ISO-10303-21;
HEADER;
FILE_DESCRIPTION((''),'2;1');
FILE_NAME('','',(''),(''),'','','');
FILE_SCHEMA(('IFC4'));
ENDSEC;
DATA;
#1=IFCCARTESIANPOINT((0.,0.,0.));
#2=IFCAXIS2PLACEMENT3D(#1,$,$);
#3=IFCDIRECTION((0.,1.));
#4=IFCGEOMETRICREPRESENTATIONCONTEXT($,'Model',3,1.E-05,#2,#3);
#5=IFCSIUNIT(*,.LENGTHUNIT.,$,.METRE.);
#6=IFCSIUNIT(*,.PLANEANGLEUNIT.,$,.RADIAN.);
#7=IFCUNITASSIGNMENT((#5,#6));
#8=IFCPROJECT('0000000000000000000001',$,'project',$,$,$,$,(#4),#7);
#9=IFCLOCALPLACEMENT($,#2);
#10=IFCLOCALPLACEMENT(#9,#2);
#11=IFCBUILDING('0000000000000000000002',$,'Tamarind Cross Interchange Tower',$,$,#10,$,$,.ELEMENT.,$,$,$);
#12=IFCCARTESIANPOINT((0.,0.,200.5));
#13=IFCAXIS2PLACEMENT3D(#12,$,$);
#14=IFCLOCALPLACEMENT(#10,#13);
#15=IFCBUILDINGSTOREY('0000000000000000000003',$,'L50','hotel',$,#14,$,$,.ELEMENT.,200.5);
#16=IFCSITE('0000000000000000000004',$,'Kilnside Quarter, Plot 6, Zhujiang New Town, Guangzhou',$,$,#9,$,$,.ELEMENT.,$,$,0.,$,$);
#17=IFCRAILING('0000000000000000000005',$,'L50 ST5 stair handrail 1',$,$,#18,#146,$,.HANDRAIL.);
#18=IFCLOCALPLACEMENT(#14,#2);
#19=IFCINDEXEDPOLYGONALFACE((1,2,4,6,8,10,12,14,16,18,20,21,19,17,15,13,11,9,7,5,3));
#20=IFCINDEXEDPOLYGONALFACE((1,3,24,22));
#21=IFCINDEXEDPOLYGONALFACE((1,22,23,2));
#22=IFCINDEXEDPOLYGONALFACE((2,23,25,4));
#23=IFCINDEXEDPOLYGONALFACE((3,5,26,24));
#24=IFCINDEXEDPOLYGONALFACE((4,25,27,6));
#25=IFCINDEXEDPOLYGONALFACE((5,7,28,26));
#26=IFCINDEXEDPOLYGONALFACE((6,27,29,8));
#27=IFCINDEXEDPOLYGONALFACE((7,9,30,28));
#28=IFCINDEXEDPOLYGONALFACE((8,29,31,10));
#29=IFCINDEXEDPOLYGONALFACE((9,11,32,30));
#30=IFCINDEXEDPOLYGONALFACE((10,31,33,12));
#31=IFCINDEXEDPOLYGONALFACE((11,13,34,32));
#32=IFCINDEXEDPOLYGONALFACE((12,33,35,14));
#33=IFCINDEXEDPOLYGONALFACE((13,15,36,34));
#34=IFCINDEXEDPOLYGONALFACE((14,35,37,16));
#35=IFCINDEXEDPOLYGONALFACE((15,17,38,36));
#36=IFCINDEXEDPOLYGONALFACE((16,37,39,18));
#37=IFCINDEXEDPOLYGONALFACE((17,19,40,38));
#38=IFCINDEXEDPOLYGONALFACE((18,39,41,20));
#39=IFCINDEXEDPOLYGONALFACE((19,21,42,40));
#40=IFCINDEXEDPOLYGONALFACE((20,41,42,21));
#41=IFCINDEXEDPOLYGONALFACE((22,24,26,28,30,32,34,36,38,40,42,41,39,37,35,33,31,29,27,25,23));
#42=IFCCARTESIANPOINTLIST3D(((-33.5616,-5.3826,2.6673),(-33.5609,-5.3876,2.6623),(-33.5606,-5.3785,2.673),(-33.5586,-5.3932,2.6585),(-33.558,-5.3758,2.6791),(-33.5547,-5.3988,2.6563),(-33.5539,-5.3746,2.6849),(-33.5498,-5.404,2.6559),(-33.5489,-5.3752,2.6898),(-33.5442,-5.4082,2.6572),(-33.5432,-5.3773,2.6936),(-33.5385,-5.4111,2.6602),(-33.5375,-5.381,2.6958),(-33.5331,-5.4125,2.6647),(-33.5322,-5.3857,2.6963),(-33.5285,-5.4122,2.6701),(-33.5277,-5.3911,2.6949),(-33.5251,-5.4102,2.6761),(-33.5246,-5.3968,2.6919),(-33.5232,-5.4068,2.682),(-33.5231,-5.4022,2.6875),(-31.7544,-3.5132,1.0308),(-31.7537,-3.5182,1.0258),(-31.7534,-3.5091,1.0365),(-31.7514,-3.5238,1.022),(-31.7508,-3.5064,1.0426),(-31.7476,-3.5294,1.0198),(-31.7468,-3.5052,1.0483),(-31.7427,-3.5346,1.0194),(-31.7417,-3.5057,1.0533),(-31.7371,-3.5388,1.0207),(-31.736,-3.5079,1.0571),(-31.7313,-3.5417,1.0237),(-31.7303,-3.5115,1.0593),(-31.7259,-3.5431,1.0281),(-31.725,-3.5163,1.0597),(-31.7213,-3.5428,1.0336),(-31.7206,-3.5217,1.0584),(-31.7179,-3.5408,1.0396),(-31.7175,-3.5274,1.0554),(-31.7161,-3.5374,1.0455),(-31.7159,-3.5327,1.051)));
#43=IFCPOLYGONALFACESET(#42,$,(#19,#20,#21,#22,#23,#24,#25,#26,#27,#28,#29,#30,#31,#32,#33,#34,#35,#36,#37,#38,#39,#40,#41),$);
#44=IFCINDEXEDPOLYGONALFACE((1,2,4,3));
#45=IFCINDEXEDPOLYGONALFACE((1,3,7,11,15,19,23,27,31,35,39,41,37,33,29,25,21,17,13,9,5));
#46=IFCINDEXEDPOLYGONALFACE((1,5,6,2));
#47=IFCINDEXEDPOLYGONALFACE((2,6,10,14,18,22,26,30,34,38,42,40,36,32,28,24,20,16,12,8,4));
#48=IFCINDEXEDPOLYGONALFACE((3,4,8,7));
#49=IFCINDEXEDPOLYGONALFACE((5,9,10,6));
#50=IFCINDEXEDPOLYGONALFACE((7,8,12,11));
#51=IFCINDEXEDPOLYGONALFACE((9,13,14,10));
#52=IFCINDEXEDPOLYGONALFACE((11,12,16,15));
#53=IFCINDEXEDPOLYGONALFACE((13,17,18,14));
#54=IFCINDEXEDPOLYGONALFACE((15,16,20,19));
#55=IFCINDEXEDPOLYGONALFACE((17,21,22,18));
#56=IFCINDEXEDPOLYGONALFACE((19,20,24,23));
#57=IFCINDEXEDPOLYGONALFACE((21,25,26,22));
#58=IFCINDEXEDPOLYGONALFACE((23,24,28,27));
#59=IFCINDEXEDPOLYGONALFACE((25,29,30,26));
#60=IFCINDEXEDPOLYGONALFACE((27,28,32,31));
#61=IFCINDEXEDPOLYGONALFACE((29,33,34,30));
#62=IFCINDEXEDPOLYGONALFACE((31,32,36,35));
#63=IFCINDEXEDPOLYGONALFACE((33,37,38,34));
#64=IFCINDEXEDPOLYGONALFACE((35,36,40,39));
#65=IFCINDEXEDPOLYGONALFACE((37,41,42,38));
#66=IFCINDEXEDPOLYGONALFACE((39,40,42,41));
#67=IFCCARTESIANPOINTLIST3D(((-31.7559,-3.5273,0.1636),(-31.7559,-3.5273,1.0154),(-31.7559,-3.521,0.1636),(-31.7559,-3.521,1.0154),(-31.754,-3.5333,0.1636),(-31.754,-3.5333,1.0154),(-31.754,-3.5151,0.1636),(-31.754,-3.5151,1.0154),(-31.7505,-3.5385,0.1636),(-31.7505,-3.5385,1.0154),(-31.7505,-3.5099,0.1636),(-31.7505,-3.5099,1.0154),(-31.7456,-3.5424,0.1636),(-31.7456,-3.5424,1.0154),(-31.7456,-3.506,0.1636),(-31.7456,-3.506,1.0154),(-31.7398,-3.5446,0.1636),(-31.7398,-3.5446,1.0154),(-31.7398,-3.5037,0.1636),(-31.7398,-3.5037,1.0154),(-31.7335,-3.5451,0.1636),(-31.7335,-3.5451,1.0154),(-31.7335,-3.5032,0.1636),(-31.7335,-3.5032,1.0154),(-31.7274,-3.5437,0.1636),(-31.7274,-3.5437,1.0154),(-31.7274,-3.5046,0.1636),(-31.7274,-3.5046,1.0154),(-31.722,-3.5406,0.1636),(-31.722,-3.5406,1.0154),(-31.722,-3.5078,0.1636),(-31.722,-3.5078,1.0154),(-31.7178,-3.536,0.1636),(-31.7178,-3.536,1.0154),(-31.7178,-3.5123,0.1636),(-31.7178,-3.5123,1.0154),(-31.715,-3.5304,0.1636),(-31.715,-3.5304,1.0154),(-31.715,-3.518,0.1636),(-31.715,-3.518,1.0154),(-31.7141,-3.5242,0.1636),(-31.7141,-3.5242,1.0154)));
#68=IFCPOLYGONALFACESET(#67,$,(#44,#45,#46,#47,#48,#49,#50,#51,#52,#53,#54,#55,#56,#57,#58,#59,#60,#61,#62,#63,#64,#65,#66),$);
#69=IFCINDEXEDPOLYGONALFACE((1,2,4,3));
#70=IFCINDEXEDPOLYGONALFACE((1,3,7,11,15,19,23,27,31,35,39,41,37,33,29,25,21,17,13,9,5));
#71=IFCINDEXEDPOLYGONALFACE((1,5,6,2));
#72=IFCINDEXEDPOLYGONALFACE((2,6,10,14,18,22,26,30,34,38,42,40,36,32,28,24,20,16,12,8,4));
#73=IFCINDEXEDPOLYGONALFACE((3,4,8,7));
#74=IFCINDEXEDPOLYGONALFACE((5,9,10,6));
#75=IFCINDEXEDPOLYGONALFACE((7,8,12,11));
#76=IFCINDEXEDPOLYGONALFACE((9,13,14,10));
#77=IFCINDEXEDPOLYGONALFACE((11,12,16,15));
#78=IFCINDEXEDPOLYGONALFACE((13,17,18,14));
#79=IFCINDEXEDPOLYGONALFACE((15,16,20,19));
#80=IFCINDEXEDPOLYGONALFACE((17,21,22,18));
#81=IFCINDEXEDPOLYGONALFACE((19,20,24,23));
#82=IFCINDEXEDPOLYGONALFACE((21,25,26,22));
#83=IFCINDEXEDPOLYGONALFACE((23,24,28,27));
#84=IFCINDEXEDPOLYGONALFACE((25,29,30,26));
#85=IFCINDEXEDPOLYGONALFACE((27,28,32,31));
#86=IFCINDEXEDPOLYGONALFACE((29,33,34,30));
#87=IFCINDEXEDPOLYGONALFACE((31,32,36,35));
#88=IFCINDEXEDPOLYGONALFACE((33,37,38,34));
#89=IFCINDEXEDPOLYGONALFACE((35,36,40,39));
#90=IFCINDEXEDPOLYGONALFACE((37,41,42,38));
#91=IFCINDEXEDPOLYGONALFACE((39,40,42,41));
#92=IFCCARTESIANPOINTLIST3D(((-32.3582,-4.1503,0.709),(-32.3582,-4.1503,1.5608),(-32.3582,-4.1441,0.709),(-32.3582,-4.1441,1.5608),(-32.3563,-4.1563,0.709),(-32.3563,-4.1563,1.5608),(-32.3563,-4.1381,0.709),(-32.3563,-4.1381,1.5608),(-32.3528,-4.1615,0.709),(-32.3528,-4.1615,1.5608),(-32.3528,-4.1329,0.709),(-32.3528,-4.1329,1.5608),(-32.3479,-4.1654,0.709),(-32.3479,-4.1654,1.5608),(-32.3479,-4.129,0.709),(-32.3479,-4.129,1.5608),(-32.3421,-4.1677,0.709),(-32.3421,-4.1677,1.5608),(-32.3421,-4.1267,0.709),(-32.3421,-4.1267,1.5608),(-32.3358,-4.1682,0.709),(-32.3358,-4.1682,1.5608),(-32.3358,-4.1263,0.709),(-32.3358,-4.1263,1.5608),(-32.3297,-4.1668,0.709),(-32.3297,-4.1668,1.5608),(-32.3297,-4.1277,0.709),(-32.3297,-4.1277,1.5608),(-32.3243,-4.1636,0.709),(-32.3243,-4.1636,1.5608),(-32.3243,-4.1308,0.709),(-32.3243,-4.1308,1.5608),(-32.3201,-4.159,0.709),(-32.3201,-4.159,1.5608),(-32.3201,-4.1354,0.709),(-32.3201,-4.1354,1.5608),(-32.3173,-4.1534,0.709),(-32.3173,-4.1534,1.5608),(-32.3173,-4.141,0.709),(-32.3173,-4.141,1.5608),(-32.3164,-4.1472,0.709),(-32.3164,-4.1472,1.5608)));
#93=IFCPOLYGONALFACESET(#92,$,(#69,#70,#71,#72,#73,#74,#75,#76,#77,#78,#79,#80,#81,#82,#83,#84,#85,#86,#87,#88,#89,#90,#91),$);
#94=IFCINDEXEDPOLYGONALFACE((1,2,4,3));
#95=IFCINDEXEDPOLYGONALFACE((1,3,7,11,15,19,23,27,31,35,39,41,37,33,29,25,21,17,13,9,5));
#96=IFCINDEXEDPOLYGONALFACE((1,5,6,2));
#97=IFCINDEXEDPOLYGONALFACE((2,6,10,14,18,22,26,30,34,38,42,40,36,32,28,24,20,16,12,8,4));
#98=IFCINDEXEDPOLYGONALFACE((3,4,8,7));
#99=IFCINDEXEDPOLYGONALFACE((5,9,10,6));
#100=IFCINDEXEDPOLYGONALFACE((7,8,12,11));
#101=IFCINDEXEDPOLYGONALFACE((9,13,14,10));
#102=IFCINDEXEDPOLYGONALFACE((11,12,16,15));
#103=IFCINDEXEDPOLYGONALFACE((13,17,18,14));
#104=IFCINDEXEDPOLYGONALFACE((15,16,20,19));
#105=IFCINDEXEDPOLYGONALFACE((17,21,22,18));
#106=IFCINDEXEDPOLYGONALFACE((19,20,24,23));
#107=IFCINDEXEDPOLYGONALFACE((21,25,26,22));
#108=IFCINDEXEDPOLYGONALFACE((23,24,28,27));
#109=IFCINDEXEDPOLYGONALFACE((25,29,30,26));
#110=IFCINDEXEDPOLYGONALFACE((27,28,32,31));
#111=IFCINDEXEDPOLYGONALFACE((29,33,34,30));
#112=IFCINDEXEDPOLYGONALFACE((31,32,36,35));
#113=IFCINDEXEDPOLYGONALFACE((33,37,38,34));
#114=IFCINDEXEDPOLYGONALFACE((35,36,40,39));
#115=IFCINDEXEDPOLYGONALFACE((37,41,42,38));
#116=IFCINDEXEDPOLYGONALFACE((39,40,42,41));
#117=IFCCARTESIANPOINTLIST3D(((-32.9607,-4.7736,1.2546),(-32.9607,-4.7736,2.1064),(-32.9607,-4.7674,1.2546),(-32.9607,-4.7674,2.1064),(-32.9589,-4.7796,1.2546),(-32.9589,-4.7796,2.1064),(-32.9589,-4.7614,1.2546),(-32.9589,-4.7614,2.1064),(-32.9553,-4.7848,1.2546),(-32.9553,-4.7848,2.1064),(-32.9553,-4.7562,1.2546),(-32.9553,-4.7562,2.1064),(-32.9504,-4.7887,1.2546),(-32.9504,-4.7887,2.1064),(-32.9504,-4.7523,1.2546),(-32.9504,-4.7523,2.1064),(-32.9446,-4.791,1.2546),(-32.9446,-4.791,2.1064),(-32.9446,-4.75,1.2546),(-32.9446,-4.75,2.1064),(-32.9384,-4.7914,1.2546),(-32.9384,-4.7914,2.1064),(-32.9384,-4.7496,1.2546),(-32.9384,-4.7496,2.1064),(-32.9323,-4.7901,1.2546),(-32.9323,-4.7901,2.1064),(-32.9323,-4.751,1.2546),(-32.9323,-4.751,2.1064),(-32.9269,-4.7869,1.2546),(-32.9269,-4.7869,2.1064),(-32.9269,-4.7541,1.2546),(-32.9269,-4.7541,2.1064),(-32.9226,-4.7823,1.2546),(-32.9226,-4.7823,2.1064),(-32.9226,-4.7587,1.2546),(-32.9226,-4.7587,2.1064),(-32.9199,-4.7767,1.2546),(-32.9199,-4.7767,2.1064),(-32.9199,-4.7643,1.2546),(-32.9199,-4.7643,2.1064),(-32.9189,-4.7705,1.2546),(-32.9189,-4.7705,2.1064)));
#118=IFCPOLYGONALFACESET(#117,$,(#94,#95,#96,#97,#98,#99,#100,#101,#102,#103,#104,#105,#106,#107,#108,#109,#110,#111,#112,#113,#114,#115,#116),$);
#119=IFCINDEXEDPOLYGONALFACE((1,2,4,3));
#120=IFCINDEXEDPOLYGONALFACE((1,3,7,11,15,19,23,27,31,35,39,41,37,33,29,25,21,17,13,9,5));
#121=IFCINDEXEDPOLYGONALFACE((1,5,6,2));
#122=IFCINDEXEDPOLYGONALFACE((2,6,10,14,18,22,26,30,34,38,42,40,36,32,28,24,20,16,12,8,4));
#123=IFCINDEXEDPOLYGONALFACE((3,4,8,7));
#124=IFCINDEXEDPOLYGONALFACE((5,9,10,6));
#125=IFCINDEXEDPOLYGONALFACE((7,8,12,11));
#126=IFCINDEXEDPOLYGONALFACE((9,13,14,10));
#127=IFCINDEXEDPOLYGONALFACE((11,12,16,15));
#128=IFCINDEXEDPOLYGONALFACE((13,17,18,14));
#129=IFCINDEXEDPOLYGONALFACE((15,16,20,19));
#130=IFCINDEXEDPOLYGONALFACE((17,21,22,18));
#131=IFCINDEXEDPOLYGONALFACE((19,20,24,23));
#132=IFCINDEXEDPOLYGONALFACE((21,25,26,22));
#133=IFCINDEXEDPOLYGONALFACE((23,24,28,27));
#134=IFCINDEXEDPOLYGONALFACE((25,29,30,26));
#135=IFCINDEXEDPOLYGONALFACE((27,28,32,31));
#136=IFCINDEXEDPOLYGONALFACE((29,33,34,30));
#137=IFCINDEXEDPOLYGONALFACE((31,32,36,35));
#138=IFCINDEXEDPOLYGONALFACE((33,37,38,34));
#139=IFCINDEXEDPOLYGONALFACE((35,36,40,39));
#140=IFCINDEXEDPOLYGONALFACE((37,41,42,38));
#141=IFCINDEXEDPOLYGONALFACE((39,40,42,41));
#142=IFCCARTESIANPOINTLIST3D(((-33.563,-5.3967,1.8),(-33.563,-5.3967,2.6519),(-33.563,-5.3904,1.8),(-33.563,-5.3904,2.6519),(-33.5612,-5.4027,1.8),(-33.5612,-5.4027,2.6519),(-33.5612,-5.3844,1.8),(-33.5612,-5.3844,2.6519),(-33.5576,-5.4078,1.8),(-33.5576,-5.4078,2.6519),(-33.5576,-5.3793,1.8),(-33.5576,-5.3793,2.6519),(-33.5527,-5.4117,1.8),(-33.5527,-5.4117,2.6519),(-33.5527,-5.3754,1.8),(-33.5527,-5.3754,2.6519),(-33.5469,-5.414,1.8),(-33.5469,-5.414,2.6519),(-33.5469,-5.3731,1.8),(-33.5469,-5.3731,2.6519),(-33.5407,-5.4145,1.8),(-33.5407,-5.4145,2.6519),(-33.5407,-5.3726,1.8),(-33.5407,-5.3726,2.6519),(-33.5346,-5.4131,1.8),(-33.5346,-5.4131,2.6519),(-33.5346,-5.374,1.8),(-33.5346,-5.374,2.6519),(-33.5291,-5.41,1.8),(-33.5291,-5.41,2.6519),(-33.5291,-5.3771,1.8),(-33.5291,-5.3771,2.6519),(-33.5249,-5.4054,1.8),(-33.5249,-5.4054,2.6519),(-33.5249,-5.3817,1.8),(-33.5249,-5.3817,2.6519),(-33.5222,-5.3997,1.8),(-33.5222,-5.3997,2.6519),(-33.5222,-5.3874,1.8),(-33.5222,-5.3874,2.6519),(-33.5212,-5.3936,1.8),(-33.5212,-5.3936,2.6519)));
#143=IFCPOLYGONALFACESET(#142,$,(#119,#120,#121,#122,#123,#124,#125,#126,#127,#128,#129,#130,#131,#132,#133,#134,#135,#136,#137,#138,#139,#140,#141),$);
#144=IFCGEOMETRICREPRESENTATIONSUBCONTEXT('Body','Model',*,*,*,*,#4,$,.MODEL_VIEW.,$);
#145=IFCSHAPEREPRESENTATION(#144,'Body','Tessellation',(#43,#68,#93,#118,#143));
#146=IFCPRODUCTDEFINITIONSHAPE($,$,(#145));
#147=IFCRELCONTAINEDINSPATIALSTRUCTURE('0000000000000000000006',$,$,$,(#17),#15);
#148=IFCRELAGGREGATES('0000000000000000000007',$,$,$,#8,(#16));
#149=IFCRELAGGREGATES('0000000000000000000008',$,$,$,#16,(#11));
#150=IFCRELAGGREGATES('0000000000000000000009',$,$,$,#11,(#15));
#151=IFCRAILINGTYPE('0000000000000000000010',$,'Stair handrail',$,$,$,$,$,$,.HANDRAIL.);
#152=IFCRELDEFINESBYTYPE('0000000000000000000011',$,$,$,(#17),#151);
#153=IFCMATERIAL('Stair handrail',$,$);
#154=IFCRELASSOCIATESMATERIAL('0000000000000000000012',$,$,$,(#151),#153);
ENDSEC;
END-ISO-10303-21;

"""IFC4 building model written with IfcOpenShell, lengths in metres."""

from ifc_helpers import new_model, si_unit, direction, frame, origin, origin_2d, place, context, subcontext, project, spatial, circle, extrude, material, type_object, element, save


model = new_model("IFC4")

# Units and contexts
model_context = context("Model", 3, precision=1e-05, world=origin(), true_north=direction((0.0, 1.0)))
body_context = subcontext(model_context, "Body", "Model", "MODEL_VIEW")
ifc_project = project(units=[si_unit("LENGTHUNIT", "METRE"), si_unit("PLANEANGLEUNIT", "RADIAN")], contexts=[model_context])

# Site, building, storey
site_placement = place(None, origin())
site = spatial("IfcSite", under=ifc_project, at=site_placement, Name="Kilnside Quarter, Plot 6, Zhujiang New Town, Guangzhou", CompositionType="ELEMENT", RefElevation=0.0)
building_placement = place(site_placement, origin())
building = spatial("IfcBuilding", under=site, at=building_placement, Name="Tamarind Cross Interchange Tower", CompositionType="ELEMENT")
storey_placement = place(building_placement, frame((0.0, 0.0, 200.5)))
storey = spatial("IfcBuildingStorey", under=building, at=storey_placement, Name="L50", Description="hotel", CompositionType="ELEMENT", Elevation=200.5)

# Railing
ifc_material_1 = material(Name="Stair handrail")
railing_type_1 = type_object("IfcRailingType", Name="Stair handrail", PredefinedType="HANDRAIL", material=ifc_material_1)
railing_1_placement = place(storey_placement, frame((-31.7351, -3.5242, 0.1636)))
element("IfcRailing", 1, at=railing_1_placement, inside=storey, type_object=railing_type_1, Name="L50 ST5 stair handrail 1", PredefinedType="HANDRAIL", context=body_context, shape_type="SweptSolid", body=[
    extrude(circle(Radius=0.0239, at=origin_2d()), frame((0.0, 0.0, 0.876), z_axis=(-0.588221, -0.608486, 0.532673), x_axis=(0.718977, -0.695033, 0.0)), (0.0, 0.0, 1.0), 3.0723),
    extrude(circle(Radius=0.021, at=origin_2d()), origin(), (0.0, 0.0, 1.0), 0.8518),
    extrude(circle(Radius=0.021, at=origin_2d()), frame((-0.6023, -0.623, 0.5454)), (0.0, 0.0, 1.0), 0.8518),
    extrude(circle(Radius=0.021, at=origin_2d()), frame((-1.2048, -1.2463, 1.0911)), (0.0, 0.0, 1.0), 0.8518),
    extrude(circle(Radius=0.021, at=origin_2d()), frame((-1.8071, -1.8694, 1.6365)), (0.0, 0.0, 1.0), 0.8518),
])

save(model, "model.ifc")
